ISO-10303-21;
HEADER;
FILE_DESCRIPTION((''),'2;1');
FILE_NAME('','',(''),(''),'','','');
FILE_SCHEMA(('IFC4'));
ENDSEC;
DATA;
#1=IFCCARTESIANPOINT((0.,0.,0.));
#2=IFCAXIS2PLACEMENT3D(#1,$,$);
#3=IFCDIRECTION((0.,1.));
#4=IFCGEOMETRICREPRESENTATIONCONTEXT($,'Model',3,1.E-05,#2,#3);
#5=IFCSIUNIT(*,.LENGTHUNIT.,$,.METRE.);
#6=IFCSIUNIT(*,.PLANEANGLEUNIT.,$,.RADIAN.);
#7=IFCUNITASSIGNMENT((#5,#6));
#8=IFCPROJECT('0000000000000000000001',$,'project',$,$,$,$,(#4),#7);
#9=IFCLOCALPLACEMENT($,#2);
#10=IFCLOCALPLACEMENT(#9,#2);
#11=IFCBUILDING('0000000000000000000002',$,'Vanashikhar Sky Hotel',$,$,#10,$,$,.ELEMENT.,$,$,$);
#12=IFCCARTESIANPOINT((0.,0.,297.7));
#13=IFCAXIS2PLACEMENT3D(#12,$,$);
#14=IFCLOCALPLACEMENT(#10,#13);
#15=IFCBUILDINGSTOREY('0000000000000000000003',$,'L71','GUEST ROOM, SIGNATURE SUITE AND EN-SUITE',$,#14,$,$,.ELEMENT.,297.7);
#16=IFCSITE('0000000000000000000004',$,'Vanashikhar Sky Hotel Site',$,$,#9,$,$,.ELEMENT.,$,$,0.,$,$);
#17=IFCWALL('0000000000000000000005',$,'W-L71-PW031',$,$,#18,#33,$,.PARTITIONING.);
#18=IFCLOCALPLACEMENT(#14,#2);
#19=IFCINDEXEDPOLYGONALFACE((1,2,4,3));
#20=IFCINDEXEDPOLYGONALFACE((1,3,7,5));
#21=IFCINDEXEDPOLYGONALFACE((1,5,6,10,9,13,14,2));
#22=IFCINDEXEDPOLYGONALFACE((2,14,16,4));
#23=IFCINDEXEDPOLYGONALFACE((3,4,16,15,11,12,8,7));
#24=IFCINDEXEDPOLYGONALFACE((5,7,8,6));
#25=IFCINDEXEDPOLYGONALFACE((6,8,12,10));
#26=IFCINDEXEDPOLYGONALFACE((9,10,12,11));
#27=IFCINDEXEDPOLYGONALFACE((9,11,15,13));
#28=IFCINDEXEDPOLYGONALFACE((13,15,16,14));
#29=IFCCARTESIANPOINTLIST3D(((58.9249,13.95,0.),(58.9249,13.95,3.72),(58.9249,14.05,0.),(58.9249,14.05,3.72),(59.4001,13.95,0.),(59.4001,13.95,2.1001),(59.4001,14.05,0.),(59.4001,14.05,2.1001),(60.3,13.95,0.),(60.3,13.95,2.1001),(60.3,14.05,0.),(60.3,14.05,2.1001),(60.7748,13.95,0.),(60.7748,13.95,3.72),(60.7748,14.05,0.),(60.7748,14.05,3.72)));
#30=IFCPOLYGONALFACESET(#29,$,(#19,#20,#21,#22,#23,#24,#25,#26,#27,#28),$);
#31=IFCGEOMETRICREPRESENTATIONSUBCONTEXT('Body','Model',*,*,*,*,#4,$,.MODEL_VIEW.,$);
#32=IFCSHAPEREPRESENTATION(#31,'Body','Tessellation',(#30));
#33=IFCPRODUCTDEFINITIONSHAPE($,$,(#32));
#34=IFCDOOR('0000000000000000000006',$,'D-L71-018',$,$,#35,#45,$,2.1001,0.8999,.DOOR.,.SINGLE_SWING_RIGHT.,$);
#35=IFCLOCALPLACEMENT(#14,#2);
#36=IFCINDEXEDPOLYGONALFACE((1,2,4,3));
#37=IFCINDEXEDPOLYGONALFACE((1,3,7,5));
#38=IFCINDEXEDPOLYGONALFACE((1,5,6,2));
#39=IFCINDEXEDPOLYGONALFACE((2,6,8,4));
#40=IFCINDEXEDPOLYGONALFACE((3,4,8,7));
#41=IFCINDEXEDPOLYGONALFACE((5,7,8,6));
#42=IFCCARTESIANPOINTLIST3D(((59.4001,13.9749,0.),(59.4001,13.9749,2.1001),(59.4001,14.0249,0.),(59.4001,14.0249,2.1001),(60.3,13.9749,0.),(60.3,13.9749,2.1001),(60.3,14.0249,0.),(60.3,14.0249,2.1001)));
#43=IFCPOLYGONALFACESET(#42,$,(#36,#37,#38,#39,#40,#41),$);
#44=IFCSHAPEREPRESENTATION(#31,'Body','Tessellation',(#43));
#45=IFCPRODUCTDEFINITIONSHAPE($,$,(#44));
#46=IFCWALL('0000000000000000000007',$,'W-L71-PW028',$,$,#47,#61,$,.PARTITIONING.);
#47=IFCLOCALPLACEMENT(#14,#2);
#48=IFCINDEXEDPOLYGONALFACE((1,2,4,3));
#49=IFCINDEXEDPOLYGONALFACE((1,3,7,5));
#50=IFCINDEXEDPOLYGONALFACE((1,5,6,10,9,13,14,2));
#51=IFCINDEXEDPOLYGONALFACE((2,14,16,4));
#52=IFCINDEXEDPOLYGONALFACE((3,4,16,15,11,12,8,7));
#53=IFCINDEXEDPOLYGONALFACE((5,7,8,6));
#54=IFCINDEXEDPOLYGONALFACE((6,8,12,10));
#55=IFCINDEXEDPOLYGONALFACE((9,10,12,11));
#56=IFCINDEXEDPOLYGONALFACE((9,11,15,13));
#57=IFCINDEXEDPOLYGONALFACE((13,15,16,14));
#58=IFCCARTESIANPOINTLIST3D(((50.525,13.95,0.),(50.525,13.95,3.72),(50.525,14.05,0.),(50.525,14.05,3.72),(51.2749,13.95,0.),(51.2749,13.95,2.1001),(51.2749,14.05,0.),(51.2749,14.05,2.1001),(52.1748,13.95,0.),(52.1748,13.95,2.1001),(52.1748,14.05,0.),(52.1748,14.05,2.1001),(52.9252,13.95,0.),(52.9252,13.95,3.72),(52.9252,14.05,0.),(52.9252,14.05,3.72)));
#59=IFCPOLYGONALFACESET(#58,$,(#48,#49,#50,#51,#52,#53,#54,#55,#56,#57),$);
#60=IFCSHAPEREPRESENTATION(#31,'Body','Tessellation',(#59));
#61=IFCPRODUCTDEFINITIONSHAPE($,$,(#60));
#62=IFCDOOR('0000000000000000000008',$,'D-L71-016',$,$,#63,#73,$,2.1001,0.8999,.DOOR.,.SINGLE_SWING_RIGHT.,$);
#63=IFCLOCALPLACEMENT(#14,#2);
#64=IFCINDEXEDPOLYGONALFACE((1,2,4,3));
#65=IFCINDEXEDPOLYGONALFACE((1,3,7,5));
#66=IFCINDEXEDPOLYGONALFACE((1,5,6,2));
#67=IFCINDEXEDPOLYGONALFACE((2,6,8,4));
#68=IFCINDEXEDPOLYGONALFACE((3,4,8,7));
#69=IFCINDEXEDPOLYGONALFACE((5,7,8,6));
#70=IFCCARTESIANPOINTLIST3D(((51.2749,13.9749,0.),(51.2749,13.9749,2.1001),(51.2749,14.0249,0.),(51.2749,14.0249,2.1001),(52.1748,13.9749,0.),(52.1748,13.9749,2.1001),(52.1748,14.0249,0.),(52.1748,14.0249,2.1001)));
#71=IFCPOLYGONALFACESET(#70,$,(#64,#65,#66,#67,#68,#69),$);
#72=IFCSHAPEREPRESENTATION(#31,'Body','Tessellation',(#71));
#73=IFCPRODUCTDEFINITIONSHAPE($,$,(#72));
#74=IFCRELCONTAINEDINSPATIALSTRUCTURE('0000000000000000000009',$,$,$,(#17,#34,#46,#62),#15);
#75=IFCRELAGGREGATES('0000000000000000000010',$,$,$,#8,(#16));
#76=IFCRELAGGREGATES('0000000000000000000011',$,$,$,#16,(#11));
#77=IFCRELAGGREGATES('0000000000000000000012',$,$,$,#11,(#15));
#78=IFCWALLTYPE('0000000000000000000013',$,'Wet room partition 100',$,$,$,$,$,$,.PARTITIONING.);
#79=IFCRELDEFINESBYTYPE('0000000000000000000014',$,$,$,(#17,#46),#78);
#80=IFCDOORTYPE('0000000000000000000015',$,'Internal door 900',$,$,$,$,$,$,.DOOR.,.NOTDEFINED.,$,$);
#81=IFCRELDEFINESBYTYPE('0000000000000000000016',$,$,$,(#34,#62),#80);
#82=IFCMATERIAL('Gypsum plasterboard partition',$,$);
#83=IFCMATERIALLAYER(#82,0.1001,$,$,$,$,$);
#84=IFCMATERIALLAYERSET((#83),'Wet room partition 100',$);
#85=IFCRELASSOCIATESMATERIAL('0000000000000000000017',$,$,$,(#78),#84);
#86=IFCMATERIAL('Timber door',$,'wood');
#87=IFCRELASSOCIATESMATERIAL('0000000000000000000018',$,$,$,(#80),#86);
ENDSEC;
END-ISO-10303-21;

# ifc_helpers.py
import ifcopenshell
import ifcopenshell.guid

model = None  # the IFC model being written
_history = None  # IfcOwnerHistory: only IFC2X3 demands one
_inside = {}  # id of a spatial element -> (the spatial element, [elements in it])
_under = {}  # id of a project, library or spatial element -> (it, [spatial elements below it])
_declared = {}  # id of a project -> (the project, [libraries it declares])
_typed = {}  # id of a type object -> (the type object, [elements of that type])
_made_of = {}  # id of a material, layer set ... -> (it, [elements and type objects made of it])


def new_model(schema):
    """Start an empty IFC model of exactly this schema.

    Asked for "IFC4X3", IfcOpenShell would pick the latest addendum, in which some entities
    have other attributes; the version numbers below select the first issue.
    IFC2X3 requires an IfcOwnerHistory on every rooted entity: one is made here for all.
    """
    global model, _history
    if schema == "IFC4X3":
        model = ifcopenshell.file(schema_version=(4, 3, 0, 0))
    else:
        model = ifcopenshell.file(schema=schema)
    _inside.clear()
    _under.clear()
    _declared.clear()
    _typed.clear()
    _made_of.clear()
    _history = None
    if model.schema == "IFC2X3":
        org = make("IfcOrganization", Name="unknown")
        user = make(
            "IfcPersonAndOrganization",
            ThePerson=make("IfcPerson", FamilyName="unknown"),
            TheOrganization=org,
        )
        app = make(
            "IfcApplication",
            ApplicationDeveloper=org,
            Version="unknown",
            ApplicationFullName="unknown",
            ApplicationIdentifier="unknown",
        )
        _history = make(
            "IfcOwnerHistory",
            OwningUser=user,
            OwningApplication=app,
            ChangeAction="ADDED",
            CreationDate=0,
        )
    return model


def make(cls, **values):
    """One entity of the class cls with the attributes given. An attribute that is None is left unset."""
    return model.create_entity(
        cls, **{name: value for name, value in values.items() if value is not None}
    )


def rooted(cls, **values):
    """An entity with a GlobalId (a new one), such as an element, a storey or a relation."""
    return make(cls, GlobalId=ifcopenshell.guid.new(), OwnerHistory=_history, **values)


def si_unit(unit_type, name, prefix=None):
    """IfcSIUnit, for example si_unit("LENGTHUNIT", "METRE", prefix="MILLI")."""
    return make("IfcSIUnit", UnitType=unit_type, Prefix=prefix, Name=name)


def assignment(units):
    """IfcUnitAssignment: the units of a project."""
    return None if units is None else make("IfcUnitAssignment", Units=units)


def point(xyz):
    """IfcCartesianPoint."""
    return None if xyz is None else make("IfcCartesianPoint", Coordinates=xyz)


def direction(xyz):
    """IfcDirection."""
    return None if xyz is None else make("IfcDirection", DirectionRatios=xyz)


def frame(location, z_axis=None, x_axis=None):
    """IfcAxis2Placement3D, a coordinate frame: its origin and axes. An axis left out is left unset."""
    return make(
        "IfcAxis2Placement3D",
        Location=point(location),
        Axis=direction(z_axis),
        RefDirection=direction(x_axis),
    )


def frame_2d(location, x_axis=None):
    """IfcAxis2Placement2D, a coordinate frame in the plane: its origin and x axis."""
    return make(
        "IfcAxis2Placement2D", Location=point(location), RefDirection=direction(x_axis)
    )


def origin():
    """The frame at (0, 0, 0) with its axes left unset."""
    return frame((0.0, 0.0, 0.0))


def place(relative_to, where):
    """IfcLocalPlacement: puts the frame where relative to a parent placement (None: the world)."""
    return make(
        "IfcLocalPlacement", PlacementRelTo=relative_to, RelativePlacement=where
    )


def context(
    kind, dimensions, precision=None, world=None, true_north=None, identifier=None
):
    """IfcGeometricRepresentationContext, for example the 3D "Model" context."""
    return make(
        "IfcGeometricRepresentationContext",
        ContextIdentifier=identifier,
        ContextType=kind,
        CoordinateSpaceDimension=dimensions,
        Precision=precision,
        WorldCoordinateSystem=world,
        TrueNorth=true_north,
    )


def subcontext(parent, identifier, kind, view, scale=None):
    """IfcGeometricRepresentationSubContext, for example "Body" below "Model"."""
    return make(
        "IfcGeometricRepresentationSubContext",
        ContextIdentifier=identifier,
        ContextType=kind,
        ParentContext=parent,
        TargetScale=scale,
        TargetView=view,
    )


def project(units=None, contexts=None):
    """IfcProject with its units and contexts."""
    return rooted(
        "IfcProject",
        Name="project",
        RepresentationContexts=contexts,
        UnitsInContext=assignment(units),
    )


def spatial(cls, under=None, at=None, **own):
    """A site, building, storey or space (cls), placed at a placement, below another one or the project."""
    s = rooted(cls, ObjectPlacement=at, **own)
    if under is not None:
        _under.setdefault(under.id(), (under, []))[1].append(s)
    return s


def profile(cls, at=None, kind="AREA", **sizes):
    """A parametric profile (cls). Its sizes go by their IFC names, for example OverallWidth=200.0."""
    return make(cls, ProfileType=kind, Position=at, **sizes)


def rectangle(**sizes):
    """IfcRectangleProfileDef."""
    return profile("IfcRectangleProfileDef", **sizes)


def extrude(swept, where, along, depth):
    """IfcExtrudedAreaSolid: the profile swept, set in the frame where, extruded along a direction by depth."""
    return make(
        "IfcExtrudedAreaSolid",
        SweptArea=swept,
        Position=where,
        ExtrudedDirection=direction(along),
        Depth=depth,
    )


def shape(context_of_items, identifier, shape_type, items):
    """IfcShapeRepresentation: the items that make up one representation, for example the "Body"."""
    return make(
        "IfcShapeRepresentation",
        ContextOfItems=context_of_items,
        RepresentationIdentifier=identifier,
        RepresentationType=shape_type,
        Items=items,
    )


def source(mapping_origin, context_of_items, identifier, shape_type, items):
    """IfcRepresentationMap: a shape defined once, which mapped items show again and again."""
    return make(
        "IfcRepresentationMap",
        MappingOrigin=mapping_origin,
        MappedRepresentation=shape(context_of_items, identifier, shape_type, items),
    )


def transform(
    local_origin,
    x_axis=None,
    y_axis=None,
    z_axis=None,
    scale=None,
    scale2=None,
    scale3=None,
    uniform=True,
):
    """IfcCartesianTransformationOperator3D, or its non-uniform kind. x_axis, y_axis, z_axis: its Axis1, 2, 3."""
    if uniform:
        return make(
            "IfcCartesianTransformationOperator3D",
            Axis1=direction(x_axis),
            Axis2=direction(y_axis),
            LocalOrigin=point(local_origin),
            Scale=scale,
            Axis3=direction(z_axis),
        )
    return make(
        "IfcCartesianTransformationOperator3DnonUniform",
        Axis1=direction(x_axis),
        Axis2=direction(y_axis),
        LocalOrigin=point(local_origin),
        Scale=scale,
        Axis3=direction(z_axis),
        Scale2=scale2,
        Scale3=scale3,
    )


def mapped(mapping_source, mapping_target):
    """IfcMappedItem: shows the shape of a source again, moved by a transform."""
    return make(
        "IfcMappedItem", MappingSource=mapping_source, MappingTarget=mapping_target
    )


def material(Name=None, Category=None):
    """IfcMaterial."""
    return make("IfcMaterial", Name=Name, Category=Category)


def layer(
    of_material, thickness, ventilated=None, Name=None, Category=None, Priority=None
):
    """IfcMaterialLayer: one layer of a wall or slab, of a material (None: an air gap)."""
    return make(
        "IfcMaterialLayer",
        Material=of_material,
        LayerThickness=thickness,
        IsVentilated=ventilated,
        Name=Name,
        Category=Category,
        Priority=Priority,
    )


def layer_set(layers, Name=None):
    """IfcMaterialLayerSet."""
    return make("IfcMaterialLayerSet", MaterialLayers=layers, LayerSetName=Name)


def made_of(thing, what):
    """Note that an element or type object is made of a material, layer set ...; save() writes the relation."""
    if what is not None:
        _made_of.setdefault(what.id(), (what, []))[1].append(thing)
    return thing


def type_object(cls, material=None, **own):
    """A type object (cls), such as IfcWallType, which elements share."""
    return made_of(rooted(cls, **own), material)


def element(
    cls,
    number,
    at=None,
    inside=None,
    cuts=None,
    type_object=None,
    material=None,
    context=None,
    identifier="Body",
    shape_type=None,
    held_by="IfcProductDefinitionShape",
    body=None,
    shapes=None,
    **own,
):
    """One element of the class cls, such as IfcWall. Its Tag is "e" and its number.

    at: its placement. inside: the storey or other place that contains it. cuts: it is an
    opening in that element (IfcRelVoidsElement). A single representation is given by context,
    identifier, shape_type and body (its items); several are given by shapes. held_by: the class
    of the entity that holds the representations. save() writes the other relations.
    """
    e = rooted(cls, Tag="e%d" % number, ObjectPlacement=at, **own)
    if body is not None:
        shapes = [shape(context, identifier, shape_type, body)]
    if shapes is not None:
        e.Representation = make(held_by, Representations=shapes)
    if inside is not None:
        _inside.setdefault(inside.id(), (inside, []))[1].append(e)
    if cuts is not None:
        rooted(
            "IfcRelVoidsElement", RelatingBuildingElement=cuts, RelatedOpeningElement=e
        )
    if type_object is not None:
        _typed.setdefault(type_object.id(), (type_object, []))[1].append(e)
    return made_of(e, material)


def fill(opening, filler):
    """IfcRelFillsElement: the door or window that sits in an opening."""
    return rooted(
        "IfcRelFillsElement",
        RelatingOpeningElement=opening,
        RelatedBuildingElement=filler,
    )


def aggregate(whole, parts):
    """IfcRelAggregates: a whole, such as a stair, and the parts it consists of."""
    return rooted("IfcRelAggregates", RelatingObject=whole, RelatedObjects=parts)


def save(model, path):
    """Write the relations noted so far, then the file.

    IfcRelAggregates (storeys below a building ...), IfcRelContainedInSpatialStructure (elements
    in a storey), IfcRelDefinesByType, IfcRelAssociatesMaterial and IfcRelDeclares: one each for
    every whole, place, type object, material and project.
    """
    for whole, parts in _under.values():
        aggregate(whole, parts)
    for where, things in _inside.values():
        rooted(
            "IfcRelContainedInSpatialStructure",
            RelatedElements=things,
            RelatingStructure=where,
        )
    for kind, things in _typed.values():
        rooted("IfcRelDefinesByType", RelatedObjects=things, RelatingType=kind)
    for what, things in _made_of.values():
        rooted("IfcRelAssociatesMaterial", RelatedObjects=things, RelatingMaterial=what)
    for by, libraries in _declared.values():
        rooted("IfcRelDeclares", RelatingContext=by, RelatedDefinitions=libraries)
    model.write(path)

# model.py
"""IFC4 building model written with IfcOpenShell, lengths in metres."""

from ifc_helpers import new_model, si_unit, direction, frame, frame_2d, origin, place, context, subcontext, project, spatial, rectangle, extrude, source, transform, mapped, material, layer, layer_set, type_object, element, fill, save


model = new_model("IFC4")

# Units and contexts
model_context = context("Model", 3, precision=1e-05, world=origin(), true_north=direction((0.0, 1.0)))
body_context = subcontext(model_context, "Body", "Model", "MODEL_VIEW")
ifc_project = project(units=[si_unit("LENGTHUNIT", "METRE"), si_unit("PLANEANGLEUNIT", "RADIAN")], contexts=[model_context])

# Site, building, storey
site_placement = place(None, origin())
site = spatial("IfcSite", under=ifc_project, at=site_placement, Name="Vanashikhar Sky Hotel Site", CompositionType="ELEMENT", RefElevation=0.0)
building_placement = place(site_placement, origin())
building = spatial("IfcBuilding", under=site, at=building_placement, Name="Vanashikhar Sky Hotel", CompositionType="ELEMENT")
storey_placement = place(building_placement, frame((0.0, 0.0, 297.7)))
storey = spatial("IfcBuildingStorey", under=building, at=storey_placement, Name="L71", Description="GUEST ROOM, SIGNATURE SUITE AND EN-SUITE", CompositionType="ELEMENT", Elevation=297.7)

# Shared definitions
ifc_material_1 = material(Name="Gypsum plasterboard partition")
ifc_layer_1 = layer(ifc_material_1, 0.1001)
ifc_layer_set_1 = layer_set([ifc_layer_1], Name="Wet room partition 100")
wall_type_1 = type_object("IfcWallType", Name="Wet room partition 100", PredefinedType="PARTITIONING", material=ifc_layer_set_1)
shared_shape_1 = source(origin(), body_context, "Body", "SweptSolid", [
    extrude(rectangle(XDim=0.8999, YDim=2.1001, at=frame_2d((0.45, 1.05))), frame((0.0, 0.0601, 0.0), z_axis=(0.0, -1.0, 0.0), x_axis=(1.0, 0.0, 0.0)), (0.0, 0.0, 1.0), 0.1201),
])
ifc_material_2 = material(Name="Timber door", Category="wood")
door_type_1 = type_object("IfcDoorType", Name="Internal door 900", OperationType="NOTDEFINED", PredefinedType="DOOR", material=ifc_material_2)
shared_shape_2 = source(origin(), body_context, "Body", "SweptSolid", [
    extrude(rectangle(XDim=0.8999, YDim=2.1001, at=frame_2d((0.45, 1.05))), frame((0.0, 0.0249, 0.0), z_axis=(0.0, -1.0, 0.0), x_axis=(1.0, 0.0, 0.0)), (0.0, 0.0, 1.0), 0.05),
])

# Walls, openings, doors
shared_shape_3 = source(origin(), body_context, "Body", "SweptSolid", [
    extrude(rectangle(XDim=1.8499, YDim=0.1001, at=frame_2d((0.9248, 0.0))), origin(), (0.0, 0.0, 1.0), 3.72),
])
wall_1_placement = place(storey_placement, frame((58.925, 14.0, 0.0), z_axis=(0.0, 0.0, 1.0), x_axis=(1.0, 0.0, 0.0)))
wall_1 = element("IfcWall", 1, at=wall_1_placement, inside=storey, type_object=wall_type_1, Name="W-L71-PW031", PredefinedType="PARTITIONING", context=body_context, shape_type="MappedRepresentation", body=[
    mapped(shared_shape_3, transform((0.0, 0.0, 0.0), scale=1.0)),
])
opening_1_placement = place(wall_1_placement, frame((0.4751, 0.0, 0.0)))
opening_1 = element("IfcOpeningElement", 2, at=opening_1_placement, cuts=wall_1, PredefinedType="OPENING", context=body_context, shape_type="MappedRepresentation", body=[
    mapped(shared_shape_1, transform((0.0, 0.0, 0.0), scale=1.0)),
])
door_1_placement = place(opening_1_placement, origin())
door_1 = element("IfcDoor", 3, at=door_1_placement, inside=storey, type_object=door_type_1, Name="D-L71-018", OperationType="SINGLE_SWING_RIGHT", OverallHeight=2.1001, OverallWidth=0.8999, PredefinedType="DOOR", context=body_context, shape_type="MappedRepresentation", body=[
    mapped(shared_shape_2, transform((0.0, 0.0, 0.0), scale=1.0)),
])
fill(opening_1, door_1)
shared_shape_4 = source(origin(), body_context, "Body", "SweptSolid", [
    extrude(rectangle(XDim=2.4001, YDim=0.1001, at=frame_2d((1.2002, 0.0))), origin(), (0.0, 0.0, 1.0), 3.72),
])
wall_2_placement = place(storey_placement, frame((50.5249, 14.0, 0.0), z_axis=(0.0, 0.0, 1.0), x_axis=(1.0, 0.0, 0.0)))
wall_2 = element("IfcWall", 4, at=wall_2_placement, inside=storey, type_object=wall_type_1, Name="W-L71-PW028", PredefinedType="PARTITIONING", context=body_context, shape_type="MappedRepresentation", body=[
    mapped(shared_shape_4, transform((0.0, 0.0, 0.0), scale=1.0)),
])
opening_2_placement = place(wall_2_placement, frame((0.75, 0.0, 0.0)))
opening_2 = element("IfcOpeningElement", 5, at=opening_2_placement, cuts=wall_2, PredefinedType="OPENING", context=body_context, shape_type="MappedRepresentation", body=[
    mapped(shared_shape_1, transform((0.0, 0.0, 0.0), scale=1.0)),
])
door_2_placement = place(opening_2_placement, origin())
door_2 = element("IfcDoor", 6, at=door_2_placement, inside=storey, type_object=door_type_1, Name="D-L71-016", OperationType="SINGLE_SWING_RIGHT", OverallHeight=2.1001, OverallWidth=0.8999, PredefinedType="DOOR", context=body_context, shape_type="MappedRepresentation", body=[
    mapped(shared_shape_2, transform((0.0, 0.0, 0.0), scale=1.0)),
])
fill(opening_2, door_2)

save(model, "model.ifc")
